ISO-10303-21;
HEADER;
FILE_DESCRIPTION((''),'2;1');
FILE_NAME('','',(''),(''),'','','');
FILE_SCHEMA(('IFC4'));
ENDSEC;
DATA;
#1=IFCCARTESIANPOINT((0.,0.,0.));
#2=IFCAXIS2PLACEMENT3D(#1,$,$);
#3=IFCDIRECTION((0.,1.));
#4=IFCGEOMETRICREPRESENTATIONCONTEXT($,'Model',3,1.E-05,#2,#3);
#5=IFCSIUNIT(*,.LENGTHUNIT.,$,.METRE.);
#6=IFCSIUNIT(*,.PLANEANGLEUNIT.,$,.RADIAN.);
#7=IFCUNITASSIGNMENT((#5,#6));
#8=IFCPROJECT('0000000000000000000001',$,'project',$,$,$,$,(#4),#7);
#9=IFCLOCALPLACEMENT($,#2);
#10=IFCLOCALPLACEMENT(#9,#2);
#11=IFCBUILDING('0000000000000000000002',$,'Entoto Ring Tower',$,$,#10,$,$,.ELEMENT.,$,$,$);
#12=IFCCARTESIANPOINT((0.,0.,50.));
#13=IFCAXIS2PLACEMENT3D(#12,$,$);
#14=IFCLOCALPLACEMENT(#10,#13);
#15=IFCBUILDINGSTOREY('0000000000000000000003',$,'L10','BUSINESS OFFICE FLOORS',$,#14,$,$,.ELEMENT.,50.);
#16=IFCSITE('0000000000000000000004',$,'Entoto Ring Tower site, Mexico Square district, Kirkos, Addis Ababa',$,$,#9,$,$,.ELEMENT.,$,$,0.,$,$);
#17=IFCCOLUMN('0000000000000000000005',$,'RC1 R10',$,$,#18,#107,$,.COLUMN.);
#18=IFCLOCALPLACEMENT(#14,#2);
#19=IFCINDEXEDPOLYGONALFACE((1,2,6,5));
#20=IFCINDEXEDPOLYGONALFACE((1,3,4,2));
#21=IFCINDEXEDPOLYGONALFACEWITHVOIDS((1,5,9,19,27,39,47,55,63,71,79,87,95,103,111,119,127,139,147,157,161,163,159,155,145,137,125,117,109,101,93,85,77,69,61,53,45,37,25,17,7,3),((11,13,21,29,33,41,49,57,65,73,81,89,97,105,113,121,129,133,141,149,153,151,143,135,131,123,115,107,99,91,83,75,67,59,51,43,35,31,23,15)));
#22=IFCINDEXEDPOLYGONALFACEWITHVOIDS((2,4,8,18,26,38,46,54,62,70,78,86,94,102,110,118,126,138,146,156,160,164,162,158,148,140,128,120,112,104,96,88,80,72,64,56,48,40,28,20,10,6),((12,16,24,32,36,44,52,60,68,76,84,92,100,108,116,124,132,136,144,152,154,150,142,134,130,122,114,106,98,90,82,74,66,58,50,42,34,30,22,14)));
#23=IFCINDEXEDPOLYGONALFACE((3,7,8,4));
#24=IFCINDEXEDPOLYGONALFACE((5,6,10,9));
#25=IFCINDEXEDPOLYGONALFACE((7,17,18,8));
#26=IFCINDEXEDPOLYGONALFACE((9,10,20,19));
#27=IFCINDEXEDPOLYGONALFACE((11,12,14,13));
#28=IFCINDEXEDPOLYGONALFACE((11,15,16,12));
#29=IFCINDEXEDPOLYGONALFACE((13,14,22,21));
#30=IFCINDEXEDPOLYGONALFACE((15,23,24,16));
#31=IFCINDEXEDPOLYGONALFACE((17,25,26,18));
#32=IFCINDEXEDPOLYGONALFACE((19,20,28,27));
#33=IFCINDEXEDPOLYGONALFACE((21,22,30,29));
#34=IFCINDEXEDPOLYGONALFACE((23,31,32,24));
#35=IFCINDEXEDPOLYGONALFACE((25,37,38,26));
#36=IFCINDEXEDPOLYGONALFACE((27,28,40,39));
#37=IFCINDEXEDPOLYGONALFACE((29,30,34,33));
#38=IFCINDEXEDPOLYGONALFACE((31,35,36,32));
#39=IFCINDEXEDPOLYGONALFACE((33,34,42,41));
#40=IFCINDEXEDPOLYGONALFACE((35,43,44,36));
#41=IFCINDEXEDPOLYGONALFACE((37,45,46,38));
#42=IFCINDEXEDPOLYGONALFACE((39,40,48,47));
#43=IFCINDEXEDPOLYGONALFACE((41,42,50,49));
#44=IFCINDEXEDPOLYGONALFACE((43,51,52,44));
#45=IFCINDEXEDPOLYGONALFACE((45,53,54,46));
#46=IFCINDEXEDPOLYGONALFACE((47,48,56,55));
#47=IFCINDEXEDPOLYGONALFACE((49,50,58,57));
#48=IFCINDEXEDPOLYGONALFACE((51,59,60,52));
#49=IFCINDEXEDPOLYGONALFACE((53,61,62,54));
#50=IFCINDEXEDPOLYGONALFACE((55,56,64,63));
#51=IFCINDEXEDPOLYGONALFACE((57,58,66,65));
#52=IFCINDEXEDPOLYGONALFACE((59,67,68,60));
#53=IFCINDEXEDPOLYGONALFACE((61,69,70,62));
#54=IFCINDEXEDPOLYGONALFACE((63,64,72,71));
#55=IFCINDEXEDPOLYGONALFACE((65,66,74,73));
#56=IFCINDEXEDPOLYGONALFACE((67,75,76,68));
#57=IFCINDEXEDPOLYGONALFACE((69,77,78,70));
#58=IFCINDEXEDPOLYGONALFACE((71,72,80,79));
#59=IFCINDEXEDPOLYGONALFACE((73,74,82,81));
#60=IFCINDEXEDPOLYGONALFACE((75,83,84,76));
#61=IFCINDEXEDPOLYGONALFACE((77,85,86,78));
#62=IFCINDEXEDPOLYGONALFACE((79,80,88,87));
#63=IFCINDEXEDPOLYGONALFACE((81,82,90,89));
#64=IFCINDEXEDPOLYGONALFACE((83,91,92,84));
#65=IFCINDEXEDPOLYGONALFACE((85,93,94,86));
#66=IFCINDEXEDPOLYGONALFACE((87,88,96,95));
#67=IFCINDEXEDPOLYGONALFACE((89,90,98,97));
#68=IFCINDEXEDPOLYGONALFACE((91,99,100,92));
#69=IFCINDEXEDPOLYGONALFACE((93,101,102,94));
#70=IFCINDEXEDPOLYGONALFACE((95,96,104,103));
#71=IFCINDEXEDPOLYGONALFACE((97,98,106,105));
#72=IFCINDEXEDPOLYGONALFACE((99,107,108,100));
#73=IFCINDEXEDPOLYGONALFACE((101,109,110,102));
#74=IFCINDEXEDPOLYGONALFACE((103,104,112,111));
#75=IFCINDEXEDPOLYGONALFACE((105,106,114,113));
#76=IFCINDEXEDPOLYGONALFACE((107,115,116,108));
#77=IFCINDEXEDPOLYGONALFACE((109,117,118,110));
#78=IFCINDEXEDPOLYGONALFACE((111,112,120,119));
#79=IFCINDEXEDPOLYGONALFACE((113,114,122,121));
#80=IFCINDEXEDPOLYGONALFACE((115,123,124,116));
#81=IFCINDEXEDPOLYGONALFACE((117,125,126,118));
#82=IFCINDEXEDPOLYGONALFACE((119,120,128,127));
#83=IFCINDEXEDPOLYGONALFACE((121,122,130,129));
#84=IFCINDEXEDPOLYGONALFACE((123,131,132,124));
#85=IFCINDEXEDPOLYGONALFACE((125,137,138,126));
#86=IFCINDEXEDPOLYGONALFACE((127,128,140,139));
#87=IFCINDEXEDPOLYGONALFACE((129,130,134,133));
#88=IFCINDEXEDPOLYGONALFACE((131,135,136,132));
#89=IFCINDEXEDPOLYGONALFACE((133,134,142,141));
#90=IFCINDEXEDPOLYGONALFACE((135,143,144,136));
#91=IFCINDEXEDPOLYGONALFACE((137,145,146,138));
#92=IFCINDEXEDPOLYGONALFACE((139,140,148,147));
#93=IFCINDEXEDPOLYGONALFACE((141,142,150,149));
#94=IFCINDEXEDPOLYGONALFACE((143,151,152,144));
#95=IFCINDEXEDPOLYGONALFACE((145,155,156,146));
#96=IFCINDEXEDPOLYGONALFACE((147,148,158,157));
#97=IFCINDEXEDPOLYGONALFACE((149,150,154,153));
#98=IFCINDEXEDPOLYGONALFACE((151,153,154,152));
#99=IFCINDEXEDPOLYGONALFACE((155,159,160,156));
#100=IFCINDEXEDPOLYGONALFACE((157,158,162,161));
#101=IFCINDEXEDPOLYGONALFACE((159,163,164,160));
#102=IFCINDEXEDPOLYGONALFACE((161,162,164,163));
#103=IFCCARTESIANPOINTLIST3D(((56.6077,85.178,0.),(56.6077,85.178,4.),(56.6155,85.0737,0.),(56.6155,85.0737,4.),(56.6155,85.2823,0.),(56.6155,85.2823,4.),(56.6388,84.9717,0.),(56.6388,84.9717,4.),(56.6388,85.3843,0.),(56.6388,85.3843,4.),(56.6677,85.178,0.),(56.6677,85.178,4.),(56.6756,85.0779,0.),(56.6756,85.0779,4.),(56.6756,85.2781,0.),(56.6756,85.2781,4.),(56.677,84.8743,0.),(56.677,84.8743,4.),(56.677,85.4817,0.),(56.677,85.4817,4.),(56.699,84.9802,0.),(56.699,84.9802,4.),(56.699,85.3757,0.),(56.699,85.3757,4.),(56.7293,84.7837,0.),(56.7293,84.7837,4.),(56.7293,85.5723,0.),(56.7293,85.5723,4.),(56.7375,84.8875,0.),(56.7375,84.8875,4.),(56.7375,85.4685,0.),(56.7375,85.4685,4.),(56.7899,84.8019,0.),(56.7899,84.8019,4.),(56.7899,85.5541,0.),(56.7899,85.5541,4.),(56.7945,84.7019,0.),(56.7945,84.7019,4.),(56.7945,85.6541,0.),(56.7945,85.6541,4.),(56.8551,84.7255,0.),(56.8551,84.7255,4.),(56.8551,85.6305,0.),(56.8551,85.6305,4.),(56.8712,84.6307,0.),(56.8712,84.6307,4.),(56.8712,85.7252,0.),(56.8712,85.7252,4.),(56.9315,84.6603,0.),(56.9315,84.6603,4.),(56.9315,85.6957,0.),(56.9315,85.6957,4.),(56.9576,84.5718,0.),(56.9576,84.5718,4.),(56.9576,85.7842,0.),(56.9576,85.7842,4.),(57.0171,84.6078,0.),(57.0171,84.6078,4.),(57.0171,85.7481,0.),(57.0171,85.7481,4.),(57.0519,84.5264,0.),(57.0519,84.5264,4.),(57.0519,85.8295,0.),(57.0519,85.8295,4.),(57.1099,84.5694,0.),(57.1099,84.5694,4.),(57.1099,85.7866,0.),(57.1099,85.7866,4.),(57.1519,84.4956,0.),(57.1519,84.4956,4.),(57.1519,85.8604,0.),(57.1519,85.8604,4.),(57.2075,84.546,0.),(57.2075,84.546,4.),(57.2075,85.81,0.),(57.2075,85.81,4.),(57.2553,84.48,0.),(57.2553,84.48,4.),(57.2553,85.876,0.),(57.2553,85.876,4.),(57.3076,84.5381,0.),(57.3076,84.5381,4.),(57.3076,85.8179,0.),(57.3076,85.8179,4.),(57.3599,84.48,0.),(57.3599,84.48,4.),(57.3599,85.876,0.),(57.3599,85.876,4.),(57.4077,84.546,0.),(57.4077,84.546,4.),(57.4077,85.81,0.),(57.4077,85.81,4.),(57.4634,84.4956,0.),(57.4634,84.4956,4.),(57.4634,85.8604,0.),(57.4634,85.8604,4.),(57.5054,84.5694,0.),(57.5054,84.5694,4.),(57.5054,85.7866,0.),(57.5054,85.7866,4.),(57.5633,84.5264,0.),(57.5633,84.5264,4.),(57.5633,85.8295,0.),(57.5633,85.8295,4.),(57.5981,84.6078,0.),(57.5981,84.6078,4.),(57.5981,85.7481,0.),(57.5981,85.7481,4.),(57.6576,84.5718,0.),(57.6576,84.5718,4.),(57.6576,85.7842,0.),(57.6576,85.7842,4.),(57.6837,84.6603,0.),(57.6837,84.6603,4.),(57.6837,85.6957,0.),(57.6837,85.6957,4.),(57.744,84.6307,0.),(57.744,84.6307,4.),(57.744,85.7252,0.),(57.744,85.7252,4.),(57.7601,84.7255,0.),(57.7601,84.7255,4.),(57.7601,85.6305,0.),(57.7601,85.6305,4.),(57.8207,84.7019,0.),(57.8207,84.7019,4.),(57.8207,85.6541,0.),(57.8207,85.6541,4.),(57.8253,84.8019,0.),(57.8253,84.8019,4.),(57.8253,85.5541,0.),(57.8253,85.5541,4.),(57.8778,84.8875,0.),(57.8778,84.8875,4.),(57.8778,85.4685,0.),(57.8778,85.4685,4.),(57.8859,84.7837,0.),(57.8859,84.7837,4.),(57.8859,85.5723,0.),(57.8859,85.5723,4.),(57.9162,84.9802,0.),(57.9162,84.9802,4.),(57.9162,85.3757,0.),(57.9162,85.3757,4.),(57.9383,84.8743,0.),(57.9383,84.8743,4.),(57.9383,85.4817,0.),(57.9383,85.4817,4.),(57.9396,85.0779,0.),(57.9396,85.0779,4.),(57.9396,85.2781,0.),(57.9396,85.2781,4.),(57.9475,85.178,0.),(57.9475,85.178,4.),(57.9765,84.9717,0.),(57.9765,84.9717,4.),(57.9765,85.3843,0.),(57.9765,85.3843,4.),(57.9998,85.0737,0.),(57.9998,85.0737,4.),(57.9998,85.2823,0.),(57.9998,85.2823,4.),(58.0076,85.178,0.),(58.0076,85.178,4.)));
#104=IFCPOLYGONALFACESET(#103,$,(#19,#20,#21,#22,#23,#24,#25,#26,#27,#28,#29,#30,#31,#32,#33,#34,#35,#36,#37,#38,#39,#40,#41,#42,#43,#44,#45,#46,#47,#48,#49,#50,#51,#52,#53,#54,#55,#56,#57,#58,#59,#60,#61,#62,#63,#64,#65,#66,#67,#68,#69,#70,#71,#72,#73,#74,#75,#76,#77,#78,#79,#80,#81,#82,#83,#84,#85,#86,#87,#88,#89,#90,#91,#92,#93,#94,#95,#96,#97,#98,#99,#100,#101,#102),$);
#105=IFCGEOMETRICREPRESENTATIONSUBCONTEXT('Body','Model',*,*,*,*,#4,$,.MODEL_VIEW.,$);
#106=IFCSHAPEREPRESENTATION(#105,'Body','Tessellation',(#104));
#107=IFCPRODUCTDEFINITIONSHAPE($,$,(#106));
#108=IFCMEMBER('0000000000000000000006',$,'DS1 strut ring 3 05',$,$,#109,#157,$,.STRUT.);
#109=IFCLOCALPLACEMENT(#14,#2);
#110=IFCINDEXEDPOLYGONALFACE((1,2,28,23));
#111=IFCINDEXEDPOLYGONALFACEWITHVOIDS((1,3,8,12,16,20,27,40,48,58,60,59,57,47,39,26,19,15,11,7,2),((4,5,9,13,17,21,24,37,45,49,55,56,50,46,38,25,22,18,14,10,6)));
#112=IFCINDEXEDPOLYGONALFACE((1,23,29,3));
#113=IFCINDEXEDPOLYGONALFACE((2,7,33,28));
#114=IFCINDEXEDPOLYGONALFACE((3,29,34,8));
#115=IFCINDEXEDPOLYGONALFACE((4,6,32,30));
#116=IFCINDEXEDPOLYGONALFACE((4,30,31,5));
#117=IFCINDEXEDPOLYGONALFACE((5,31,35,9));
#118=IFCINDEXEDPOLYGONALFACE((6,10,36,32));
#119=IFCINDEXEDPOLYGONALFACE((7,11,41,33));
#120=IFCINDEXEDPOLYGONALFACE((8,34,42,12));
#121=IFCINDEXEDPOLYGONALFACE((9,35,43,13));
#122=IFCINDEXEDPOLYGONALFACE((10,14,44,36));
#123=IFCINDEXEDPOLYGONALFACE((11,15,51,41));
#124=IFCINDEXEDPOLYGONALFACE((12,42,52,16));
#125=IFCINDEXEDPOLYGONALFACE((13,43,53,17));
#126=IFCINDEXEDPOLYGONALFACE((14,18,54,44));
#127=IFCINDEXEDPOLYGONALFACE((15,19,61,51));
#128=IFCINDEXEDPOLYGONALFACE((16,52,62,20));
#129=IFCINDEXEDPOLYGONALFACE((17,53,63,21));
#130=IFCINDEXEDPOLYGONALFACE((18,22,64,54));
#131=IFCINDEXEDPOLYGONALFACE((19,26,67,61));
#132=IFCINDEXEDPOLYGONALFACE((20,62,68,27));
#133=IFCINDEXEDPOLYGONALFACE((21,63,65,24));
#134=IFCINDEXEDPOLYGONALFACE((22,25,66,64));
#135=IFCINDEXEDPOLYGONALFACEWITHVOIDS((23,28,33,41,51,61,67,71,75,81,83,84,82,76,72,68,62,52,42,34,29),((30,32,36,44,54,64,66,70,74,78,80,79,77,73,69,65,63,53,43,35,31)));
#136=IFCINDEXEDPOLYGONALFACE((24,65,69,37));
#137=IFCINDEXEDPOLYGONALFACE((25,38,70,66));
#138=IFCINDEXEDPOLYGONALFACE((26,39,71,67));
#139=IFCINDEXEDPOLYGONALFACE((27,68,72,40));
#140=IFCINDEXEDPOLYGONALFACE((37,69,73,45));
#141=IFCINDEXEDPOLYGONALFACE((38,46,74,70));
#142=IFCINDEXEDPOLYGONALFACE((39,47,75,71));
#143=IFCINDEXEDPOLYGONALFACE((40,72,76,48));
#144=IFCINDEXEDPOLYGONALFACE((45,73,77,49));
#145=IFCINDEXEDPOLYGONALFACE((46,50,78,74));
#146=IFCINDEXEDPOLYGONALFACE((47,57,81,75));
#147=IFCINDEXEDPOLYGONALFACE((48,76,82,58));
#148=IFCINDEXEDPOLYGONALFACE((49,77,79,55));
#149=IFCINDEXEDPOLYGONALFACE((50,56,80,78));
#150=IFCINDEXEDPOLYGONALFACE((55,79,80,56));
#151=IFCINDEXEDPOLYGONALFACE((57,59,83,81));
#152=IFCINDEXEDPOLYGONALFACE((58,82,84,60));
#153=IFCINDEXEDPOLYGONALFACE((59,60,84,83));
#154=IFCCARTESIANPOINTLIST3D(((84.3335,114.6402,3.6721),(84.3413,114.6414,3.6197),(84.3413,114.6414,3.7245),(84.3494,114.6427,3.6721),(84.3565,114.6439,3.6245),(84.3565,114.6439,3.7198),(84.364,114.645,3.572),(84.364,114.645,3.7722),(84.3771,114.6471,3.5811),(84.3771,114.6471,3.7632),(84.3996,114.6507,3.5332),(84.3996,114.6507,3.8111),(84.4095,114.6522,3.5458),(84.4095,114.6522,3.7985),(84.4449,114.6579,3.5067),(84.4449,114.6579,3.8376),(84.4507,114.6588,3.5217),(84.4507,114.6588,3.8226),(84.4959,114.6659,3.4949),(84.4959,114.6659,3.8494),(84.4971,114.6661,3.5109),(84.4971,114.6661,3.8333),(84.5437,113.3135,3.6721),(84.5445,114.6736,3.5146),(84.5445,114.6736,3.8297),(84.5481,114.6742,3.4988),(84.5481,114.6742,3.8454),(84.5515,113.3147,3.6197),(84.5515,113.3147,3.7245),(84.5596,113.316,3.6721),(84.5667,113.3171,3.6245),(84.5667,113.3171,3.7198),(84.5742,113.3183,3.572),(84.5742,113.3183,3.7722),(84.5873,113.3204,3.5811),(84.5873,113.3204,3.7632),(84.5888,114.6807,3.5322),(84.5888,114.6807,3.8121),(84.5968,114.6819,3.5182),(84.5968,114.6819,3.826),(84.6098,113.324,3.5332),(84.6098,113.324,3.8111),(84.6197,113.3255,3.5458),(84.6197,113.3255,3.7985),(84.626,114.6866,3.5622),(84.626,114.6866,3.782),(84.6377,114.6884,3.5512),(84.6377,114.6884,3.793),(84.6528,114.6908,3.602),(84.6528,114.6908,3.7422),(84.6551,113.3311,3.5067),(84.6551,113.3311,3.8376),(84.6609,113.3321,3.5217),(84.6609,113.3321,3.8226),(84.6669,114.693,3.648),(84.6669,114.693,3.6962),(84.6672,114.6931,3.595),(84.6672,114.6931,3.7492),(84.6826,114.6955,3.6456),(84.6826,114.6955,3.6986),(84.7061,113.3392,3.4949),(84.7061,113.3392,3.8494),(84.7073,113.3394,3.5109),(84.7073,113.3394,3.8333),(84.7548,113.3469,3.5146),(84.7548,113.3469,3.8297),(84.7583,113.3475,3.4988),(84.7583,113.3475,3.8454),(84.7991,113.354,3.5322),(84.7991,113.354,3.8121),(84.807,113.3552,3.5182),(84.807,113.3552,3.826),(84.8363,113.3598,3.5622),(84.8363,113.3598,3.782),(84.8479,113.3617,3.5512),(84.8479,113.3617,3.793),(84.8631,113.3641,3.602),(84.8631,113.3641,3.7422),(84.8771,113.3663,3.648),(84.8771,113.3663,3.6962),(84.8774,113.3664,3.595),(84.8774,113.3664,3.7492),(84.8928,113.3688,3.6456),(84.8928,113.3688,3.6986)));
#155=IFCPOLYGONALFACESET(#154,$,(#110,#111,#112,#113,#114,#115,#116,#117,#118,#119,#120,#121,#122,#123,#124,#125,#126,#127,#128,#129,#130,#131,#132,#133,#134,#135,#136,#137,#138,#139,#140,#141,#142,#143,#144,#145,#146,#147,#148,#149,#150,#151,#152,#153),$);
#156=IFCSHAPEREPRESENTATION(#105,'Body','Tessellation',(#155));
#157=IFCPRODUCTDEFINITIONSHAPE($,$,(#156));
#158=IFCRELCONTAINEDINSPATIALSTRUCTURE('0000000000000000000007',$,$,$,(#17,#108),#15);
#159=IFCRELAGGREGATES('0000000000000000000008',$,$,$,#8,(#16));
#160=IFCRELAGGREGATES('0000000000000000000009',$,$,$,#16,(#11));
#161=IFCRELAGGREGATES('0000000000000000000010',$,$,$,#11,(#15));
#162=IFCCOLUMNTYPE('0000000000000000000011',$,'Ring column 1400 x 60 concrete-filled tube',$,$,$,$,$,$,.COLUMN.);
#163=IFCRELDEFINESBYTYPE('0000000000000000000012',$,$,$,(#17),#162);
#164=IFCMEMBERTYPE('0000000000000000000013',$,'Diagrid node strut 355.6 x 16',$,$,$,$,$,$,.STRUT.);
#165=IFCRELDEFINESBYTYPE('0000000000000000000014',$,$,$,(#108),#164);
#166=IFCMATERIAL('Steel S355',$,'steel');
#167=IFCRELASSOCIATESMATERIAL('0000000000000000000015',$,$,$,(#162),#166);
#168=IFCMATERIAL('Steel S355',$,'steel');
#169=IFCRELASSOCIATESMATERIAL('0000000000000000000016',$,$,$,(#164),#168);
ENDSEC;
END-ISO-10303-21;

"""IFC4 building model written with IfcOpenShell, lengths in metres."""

from ifc_helpers import new_model, si_unit, direction, frame, origin, origin_2d, place, context, subcontext, project, spatial, circle, hollow_circle, extrude, material, material_profile, profile_set, type_object, element, save


model = new_model("IFC4")

# Units and contexts
model_context = context("Model", 3, precision=1e-05, world=origin(), true_north=direction((0.0, 1.0)))
body_context = subcontext(model_context, "Body", "Model", "MODEL_VIEW")
ifc_project = project(units=[si_unit("LENGTHUNIT", "METRE"), si_unit("PLANEANGLEUNIT", "RADIAN")], contexts=[model_context])

# Site, building, storey
site_placement = place(None, origin())
site = spatial("IfcSite", under=ifc_project, at=site_placement, Name="Entoto Ring Tower site, Mexico Square district, Kirkos, Addis Ababa", CompositionType="ELEMENT", RefElevation=0.0)
building_placement = place(site_placement, origin())
building = spatial("IfcBuilding", under=site, at=building_placement, Name="Entoto Ring Tower", CompositionType="ELEMENT")
storey_placement = place(building_placement, frame((0.0, 0.0, 50.0)))
storey = spatial("IfcBuildingStorey", under=building, at=storey_placement, Name="L10", Description="BUSINESS OFFICE FLOORS", CompositionType="ELEMENT", Elevation=50.0)

# Column
ifc_material_1 = material(Name="Steel S355", Category="steel")
ifc_material_profile_1 = material_profile(ifc_material_1, hollow_circle(Radius=0.7, WallThickness=0.0601, at=origin_2d()), Name="CHS 1400 x 60")
ifc_material_2 = material(Name="Concrete C60/75", Category="concrete")
ifc_material_profile_2 = material_profile(ifc_material_2, circle(Radius=0.6399, at=origin_2d()), Name="Concrete C60/75 infill")
ifc_profile_set_1 = profile_set([ifc_material_profile_1, ifc_material_profile_2], Name="Steel S355")
column_type = type_object("IfcColumnType", Name="Ring column 1400 x 60 concrete-filled tube", PredefinedType="COLUMN", material=ifc_profile_set_1)
for number, where, z_axis, x_axis, name in (
    (1, (57.3076, 85.178, 0.0), (0.0, 0.0, 1.0), (1.0, 0.0, 0.0), "RC1 R10"),
):
    element("IfcColumn", number, at=place(storey_placement, frame(where, z_axis=z_axis, x_axis=x_axis)), inside=storey, type_object=column_type, Name=name, PredefinedType="COLUMN", context=body_context, shape_type="SweptSolid", body=[
        extrude(hollow_circle(Radius=0.7, WallThickness=0.0601, at=origin_2d()), origin(), (0.0, 0.0, 1.0), 4.0),
    ])

# Member
ifc_material_3 = material(Name="Steel S355", Category="steel")
ifc_material_profile_3 = material_profile(ifc_material_3, hollow_circle(Radius=0.1777, WallThickness=0.0161, at=origin_2d()), Name="CHS 355.6 x 16")
ifc_material_4 = material(Name="Concrete C60/75", Category="concrete")
ifc_material_profile_4 = material_profile(ifc_material_4, circle(Radius=0.1619, at=origin_2d()), Name="Concrete C60/75 infill")
ifc_profile_set_2 = profile_set([ifc_material_profile_3, ifc_material_profile_4], Name="Steel S355")
member_type = type_object("IfcMemberType", Name="Diagrid node strut 355.6 x 16", PredefinedType="STRUT", material=ifc_profile_set_2)
member_1_placement = place(storey_placement, frame((84.7192, 113.3413, 3.6721), z_axis=(-0.156495, 0.987679, 0.0), x_axis=(-0.987679, -0.156495, 0.0)))
element("IfcMember", 2, at=member_1_placement, inside=storey, type_object=member_type, Name="DS1 strut ring 3 05", PredefinedType="STRUT", context=body_context, shape_type="SweptSolid", body=[
    extrude(hollow_circle(Radius=0.1777, WallThickness=0.0161, at=origin_2d()), origin(), (0.0, 0.0, 1.0), 1.3433),
])

save(model, "model.ifc")
